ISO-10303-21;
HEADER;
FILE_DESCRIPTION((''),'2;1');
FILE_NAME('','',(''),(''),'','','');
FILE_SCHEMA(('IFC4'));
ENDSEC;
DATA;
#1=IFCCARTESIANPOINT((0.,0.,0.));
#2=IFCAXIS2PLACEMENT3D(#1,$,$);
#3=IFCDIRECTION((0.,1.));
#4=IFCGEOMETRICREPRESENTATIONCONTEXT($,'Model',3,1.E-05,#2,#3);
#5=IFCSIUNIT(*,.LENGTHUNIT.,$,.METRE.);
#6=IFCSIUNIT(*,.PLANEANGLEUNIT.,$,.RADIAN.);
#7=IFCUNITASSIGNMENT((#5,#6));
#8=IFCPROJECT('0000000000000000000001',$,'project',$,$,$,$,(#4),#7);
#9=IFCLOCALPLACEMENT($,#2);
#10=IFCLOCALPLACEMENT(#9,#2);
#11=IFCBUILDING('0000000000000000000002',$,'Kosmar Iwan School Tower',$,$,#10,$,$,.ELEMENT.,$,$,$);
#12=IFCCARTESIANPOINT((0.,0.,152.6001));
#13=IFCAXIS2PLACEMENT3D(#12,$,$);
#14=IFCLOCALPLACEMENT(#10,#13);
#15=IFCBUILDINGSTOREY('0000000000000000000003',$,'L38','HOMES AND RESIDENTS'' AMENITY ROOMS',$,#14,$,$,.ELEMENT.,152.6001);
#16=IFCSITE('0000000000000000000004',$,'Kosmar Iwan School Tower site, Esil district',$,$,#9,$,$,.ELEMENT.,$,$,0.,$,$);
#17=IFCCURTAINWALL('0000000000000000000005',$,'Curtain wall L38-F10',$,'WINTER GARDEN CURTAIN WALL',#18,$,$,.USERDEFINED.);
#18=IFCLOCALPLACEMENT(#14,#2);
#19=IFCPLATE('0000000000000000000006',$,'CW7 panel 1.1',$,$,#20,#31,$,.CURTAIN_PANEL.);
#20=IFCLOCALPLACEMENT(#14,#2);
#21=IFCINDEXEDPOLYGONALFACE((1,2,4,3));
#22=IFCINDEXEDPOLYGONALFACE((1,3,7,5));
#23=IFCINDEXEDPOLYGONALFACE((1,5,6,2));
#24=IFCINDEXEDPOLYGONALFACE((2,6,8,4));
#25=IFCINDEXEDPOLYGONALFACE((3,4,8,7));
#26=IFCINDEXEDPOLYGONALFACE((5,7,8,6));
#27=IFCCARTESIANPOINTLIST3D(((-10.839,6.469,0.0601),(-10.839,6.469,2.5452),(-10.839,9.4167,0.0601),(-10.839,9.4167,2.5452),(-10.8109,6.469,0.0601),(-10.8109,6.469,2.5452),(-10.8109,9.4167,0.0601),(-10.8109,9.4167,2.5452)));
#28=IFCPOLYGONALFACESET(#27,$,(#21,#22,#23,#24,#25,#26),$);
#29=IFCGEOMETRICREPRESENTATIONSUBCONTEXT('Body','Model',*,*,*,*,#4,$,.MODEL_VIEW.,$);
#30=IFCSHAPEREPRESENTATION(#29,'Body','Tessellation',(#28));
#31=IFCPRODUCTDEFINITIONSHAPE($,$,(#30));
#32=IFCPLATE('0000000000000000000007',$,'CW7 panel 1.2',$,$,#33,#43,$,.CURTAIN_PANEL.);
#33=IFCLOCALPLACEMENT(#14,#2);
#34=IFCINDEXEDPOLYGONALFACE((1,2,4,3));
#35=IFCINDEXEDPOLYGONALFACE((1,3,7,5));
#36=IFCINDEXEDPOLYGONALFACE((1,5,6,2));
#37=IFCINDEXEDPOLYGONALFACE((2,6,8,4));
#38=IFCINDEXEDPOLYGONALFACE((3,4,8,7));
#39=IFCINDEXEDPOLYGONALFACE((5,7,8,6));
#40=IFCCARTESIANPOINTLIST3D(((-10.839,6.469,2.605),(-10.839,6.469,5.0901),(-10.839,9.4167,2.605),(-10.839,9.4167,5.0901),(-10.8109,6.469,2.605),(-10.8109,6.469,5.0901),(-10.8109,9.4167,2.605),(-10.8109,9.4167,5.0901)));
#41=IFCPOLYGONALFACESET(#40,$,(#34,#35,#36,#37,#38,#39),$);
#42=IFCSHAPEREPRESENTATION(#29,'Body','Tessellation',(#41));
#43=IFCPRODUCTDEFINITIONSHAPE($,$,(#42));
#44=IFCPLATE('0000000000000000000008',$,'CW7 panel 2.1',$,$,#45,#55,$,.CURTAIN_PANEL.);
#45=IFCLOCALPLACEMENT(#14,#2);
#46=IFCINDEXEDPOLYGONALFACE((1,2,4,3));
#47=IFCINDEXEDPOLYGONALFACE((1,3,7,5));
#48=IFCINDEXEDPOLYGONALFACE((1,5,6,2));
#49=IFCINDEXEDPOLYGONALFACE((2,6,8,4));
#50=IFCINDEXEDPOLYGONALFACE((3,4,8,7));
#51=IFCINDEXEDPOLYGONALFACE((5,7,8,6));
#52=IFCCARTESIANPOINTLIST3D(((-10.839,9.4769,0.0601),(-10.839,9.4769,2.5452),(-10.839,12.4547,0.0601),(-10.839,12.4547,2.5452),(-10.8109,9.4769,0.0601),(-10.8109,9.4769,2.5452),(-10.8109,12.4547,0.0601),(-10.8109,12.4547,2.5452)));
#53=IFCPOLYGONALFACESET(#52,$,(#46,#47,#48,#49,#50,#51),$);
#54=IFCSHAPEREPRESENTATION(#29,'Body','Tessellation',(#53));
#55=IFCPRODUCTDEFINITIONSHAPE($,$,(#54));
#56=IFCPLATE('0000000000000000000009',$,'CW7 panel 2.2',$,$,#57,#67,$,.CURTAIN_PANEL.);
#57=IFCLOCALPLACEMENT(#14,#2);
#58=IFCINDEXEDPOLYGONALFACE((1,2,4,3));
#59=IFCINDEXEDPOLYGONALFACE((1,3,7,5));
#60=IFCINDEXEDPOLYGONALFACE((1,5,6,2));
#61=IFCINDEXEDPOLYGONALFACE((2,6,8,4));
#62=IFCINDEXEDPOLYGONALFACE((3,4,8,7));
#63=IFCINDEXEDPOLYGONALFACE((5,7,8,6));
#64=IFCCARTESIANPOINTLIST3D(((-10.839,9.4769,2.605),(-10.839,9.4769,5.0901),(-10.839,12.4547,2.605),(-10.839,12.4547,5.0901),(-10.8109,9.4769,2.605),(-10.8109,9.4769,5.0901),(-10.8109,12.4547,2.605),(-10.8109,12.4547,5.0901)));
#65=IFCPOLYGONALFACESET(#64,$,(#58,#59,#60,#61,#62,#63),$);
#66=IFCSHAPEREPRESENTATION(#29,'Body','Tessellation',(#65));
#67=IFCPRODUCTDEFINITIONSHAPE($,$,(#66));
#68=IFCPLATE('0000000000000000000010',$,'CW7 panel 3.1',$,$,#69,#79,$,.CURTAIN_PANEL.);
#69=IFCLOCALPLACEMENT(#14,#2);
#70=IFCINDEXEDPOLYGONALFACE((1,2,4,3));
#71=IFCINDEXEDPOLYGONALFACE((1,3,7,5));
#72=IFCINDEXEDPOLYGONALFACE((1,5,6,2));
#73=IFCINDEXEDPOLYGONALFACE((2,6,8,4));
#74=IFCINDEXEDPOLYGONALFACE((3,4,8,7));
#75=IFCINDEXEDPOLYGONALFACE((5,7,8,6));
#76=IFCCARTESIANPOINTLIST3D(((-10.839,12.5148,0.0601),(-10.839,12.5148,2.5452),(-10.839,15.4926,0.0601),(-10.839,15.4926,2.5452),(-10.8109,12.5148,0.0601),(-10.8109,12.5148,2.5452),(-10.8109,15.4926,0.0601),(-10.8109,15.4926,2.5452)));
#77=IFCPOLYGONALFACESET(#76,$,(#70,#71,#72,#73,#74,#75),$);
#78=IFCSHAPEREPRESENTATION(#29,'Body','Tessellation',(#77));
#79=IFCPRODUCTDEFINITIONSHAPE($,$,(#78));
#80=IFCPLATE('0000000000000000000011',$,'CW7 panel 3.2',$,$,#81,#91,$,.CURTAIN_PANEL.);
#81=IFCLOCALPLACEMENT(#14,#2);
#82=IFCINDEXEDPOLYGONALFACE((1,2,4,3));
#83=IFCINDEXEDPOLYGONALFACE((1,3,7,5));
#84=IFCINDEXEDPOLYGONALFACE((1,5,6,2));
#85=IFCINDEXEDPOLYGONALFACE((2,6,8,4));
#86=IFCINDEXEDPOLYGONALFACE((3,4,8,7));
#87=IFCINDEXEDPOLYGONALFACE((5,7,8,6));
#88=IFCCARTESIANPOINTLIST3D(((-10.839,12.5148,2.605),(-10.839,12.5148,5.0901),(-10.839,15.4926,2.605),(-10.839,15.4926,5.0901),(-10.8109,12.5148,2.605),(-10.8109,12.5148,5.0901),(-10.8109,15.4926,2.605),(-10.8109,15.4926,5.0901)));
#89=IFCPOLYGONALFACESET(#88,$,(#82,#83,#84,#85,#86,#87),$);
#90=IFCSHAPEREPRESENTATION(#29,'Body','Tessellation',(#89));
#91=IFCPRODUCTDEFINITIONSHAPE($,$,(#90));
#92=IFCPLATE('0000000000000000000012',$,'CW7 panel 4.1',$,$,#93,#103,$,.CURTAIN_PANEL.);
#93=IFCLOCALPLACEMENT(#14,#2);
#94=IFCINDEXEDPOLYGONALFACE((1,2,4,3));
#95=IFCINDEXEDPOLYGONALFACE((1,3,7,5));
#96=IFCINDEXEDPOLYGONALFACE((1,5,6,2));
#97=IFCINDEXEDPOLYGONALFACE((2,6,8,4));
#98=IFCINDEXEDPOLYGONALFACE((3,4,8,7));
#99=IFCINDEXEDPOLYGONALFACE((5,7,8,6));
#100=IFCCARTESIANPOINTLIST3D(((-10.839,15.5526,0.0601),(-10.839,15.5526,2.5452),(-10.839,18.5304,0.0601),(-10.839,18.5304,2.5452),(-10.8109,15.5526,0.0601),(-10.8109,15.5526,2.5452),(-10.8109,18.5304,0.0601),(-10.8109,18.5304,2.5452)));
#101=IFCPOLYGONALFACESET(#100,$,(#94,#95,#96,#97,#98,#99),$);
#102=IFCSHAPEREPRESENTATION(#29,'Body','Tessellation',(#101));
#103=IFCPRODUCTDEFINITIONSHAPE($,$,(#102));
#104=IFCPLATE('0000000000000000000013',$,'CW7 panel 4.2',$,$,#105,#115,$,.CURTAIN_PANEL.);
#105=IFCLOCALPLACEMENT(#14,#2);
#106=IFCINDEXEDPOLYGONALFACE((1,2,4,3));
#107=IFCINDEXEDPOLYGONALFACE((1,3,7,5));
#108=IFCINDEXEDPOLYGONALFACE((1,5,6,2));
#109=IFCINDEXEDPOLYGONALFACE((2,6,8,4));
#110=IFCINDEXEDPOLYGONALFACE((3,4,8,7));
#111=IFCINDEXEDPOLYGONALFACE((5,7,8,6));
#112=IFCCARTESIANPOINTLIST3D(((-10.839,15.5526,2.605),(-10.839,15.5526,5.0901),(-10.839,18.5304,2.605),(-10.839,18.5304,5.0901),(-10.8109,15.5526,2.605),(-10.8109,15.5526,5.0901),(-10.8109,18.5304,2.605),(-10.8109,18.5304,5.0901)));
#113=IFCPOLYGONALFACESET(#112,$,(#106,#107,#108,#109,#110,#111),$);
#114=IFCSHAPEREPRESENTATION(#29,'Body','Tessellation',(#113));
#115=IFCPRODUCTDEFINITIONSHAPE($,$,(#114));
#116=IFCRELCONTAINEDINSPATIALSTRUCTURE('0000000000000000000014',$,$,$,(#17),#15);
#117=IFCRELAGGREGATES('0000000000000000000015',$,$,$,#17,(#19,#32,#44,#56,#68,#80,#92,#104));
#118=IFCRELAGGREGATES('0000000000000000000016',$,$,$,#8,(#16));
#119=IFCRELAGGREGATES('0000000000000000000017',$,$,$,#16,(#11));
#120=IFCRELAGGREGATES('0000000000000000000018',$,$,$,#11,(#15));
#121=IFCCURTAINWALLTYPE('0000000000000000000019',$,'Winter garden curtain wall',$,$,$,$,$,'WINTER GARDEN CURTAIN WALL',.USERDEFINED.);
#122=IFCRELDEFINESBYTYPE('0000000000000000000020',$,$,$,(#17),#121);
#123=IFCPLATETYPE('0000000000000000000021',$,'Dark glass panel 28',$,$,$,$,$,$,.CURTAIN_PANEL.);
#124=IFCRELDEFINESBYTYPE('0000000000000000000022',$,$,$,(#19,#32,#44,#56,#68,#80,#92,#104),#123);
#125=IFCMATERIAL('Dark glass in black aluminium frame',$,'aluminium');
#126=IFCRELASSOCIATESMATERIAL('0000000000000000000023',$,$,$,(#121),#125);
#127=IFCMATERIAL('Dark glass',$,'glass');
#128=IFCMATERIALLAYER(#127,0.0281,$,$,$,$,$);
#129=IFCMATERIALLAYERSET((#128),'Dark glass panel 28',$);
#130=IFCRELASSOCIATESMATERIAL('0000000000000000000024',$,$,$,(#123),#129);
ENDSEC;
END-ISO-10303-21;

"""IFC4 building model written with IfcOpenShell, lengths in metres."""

from ifc_helpers import new_model, si_unit, direction, frame, origin, origin_2d, place, context, subcontext, project, spatial, rectangle, extrude, material, layer, layer_set, type_object, element, aggregate, save


model = new_model("IFC4")

# Units and contexts
model_context = context("Model", 3, precision=1e-05, world=origin(), true_north=direction((0.0, 1.0)))
body_context = subcontext(model_context, "Body", "Model", "MODEL_VIEW")
ifc_project = project(units=[si_unit("LENGTHUNIT", "METRE"), si_unit("PLANEANGLEUNIT", "RADIAN")], contexts=[model_context])

# Site, building, storey
site_placement = place(None, origin())
site = spatial("IfcSite", under=ifc_project, at=site_placement, Name="Kosmar Iwan School Tower site, Esil district", CompositionType="ELEMENT", RefElevation=0.0)
building_placement = place(site_placement, origin())
building = spatial("IfcBuilding", under=site, at=building_placement, Name="Kosmar Iwan School Tower", CompositionType="ELEMENT")
storey_placement = place(building_placement, frame((0.0, 0.0, 152.6001)))
storey = spatial("IfcBuildingStorey", under=building, at=storey_placement, Name="L38", Description="HOMES AND RESIDENTS' AMENITY ROOMS", CompositionType="ELEMENT", Elevation=152.6001)

# Curtain wall, plates
ifc_material_1 = material(Name="Dark glass in black aluminium frame", Category="aluminium")
curtain_wall_type = type_object("IfcCurtainWallType", Name="Winter garden curtain wall", ElementType="WINTER GARDEN CURTAIN WALL", PredefinedType="USERDEFINED", material=ifc_material_1)
curtain_wall_placement = place(storey_placement, origin())
curtain_wall = element("IfcCurtainWall", 1, at=curtain_wall_placement, inside=storey, type_object=curtain_wall_type, Name="Curtain wall L38-F10", ObjectType="WINTER GARDEN CURTAIN WALL", PredefinedType="USERDEFINED")
ifc_material_2 = material(Name="Dark glass", Category="glass")
ifc_layer = layer(ifc_material_2, 0.0281)
ifc_layer_set = layer_set([ifc_layer], Name="Dark glass panel 28")
plate_type = type_object("IfcPlateType", Name="Dark glass panel 28", PredefinedType="CURTAIN_PANEL", material=ifc_layer_set)
plate_1_placement = place(storey_placement, frame((-10.825, 7.9429, 0.0601), z_axis=(0.0, 0.0, 1.0), x_axis=(0.0, 1.0, 0.0)))
plate_1 = element("IfcPlate", 2, at=plate_1_placement, type_object=plate_type, Name="CW7 panel 1.1", PredefinedType="CURTAIN_PANEL", context=body_context, shape_type="SweptSolid", body=[
    extrude(rectangle(XDim=2.9478, YDim=0.0281, at=origin_2d()), origin(), (0.0, 0.0, 1.0), 2.4851),
])
plate_2_placement = place(storey_placement, frame((-10.825, 7.9429, 2.605), z_axis=(0.0, 0.0, 1.0), x_axis=(0.0, 1.0, 0.0)))
plate_2 = element("IfcPlate", 3, at=plate_2_placement, type_object=plate_type, Name="CW7 panel 1.2", PredefinedType="CURTAIN_PANEL", context=body_context, shape_type="SweptSolid", body=[
    extrude(rectangle(XDim=2.9478, YDim=0.0281, at=origin_2d()), origin(), (0.0, 0.0, 1.0), 2.4851),
])
plate_3_placement = place(storey_placement, frame((-10.825, 10.9658, 0.0601), z_axis=(0.0, 0.0, 1.0), x_axis=(0.0, 1.0, 0.0)))
plate_3 = element("IfcPlate", 4, at=plate_3_placement, type_object=plate_type, Name="CW7 panel 2.1", PredefinedType="CURTAIN_PANEL", context=body_context, shape_type="SweptSolid", body=[
    extrude(rectangle(XDim=2.9778, YDim=0.0281, at=origin_2d()), origin(), (0.0, 0.0, 1.0), 2.4851),
])
plate_4_placement = place(storey_placement, frame((-10.825, 10.9658, 2.605), z_axis=(0.0, 0.0, 1.0), x_axis=(0.0, 1.0, 0.0)))
plate_4 = element("IfcPlate", 5, at=plate_4_placement, type_object=plate_type, Name="CW7 panel 2.2", PredefinedType="CURTAIN_PANEL", context=body_context, shape_type="SweptSolid", body=[
    extrude(rectangle(XDim=2.9778, YDim=0.0281, at=origin_2d()), origin(), (0.0, 0.0, 1.0), 2.4851),
])
plate_5_placement = place(storey_placement, frame((-10.825, 14.0037, 0.0601), z_axis=(0.0, 0.0, 1.0), x_axis=(0.0, 1.0, 0.0)))
plate_5 = element("IfcPlate", 6, at=plate_5_placement, type_object=plate_type, Name="CW7 panel 3.1", PredefinedType="CURTAIN_PANEL", context=body_context, shape_type="SweptSolid", body=[
    extrude(rectangle(XDim=2.9778, YDim=0.0281, at=origin_2d()), origin(), (0.0, 0.0, 1.0), 2.4851),
])
plate_6_placement = place(storey_placement, frame((-10.825, 14.0037, 2.605), z_axis=(0.0, 0.0, 1.0), x_axis=(0.0, 1.0, 0.0)))
plate_6 = element("IfcPlate", 7, at=plate_6_placement, type_object=plate_type, Name="CW7 panel 3.2", PredefinedType="CURTAIN_PANEL", context=body_context, shape_type="SweptSolid", body=[
    extrude(rectangle(XDim=2.9778, YDim=0.0281, at=origin_2d()), origin(), (0.0, 0.0, 1.0), 2.4851),
])
plate_7_placement = place(storey_placement, frame((-10.825, 17.0415, 0.0601), z_axis=(0.0, 0.0, 1.0), x_axis=(0.0, 1.0, 0.0)))
plate_7 = element("IfcPlate", 8, at=plate_7_placement, type_object=plate_type, Name="CW7 panel 4.1", PredefinedType="CURTAIN_PANEL", context=body_context, shape_type="SweptSolid", body=[
    extrude(rectangle(XDim=2.9778, YDim=0.0281, at=origin_2d()), origin(), (0.0, 0.0, 1.0), 2.4851),
])
plate_8_placement = place(storey_placement, frame((-10.825, 17.0415, 2.605), z_axis=(0.0, 0.0, 1.0), x_axis=(0.0, 1.0, 0.0)))
plate_8 = element("IfcPlate", 9, at=plate_8_placement, type_object=plate_type, Name="CW7 panel 4.2", PredefinedType="CURTAIN_PANEL", context=body_context, shape_type="SweptSolid", body=[
    extrude(rectangle(XDim=2.9778, YDim=0.0281, at=origin_2d()), origin(), (0.0, 0.0, 1.0), 2.4851),
])
aggregate(curtain_wall, [plate_1, plate_2, plate_3, plate_4, plate_5, plate_6, plate_7, plate_8])

save(model, "model.ifc")
